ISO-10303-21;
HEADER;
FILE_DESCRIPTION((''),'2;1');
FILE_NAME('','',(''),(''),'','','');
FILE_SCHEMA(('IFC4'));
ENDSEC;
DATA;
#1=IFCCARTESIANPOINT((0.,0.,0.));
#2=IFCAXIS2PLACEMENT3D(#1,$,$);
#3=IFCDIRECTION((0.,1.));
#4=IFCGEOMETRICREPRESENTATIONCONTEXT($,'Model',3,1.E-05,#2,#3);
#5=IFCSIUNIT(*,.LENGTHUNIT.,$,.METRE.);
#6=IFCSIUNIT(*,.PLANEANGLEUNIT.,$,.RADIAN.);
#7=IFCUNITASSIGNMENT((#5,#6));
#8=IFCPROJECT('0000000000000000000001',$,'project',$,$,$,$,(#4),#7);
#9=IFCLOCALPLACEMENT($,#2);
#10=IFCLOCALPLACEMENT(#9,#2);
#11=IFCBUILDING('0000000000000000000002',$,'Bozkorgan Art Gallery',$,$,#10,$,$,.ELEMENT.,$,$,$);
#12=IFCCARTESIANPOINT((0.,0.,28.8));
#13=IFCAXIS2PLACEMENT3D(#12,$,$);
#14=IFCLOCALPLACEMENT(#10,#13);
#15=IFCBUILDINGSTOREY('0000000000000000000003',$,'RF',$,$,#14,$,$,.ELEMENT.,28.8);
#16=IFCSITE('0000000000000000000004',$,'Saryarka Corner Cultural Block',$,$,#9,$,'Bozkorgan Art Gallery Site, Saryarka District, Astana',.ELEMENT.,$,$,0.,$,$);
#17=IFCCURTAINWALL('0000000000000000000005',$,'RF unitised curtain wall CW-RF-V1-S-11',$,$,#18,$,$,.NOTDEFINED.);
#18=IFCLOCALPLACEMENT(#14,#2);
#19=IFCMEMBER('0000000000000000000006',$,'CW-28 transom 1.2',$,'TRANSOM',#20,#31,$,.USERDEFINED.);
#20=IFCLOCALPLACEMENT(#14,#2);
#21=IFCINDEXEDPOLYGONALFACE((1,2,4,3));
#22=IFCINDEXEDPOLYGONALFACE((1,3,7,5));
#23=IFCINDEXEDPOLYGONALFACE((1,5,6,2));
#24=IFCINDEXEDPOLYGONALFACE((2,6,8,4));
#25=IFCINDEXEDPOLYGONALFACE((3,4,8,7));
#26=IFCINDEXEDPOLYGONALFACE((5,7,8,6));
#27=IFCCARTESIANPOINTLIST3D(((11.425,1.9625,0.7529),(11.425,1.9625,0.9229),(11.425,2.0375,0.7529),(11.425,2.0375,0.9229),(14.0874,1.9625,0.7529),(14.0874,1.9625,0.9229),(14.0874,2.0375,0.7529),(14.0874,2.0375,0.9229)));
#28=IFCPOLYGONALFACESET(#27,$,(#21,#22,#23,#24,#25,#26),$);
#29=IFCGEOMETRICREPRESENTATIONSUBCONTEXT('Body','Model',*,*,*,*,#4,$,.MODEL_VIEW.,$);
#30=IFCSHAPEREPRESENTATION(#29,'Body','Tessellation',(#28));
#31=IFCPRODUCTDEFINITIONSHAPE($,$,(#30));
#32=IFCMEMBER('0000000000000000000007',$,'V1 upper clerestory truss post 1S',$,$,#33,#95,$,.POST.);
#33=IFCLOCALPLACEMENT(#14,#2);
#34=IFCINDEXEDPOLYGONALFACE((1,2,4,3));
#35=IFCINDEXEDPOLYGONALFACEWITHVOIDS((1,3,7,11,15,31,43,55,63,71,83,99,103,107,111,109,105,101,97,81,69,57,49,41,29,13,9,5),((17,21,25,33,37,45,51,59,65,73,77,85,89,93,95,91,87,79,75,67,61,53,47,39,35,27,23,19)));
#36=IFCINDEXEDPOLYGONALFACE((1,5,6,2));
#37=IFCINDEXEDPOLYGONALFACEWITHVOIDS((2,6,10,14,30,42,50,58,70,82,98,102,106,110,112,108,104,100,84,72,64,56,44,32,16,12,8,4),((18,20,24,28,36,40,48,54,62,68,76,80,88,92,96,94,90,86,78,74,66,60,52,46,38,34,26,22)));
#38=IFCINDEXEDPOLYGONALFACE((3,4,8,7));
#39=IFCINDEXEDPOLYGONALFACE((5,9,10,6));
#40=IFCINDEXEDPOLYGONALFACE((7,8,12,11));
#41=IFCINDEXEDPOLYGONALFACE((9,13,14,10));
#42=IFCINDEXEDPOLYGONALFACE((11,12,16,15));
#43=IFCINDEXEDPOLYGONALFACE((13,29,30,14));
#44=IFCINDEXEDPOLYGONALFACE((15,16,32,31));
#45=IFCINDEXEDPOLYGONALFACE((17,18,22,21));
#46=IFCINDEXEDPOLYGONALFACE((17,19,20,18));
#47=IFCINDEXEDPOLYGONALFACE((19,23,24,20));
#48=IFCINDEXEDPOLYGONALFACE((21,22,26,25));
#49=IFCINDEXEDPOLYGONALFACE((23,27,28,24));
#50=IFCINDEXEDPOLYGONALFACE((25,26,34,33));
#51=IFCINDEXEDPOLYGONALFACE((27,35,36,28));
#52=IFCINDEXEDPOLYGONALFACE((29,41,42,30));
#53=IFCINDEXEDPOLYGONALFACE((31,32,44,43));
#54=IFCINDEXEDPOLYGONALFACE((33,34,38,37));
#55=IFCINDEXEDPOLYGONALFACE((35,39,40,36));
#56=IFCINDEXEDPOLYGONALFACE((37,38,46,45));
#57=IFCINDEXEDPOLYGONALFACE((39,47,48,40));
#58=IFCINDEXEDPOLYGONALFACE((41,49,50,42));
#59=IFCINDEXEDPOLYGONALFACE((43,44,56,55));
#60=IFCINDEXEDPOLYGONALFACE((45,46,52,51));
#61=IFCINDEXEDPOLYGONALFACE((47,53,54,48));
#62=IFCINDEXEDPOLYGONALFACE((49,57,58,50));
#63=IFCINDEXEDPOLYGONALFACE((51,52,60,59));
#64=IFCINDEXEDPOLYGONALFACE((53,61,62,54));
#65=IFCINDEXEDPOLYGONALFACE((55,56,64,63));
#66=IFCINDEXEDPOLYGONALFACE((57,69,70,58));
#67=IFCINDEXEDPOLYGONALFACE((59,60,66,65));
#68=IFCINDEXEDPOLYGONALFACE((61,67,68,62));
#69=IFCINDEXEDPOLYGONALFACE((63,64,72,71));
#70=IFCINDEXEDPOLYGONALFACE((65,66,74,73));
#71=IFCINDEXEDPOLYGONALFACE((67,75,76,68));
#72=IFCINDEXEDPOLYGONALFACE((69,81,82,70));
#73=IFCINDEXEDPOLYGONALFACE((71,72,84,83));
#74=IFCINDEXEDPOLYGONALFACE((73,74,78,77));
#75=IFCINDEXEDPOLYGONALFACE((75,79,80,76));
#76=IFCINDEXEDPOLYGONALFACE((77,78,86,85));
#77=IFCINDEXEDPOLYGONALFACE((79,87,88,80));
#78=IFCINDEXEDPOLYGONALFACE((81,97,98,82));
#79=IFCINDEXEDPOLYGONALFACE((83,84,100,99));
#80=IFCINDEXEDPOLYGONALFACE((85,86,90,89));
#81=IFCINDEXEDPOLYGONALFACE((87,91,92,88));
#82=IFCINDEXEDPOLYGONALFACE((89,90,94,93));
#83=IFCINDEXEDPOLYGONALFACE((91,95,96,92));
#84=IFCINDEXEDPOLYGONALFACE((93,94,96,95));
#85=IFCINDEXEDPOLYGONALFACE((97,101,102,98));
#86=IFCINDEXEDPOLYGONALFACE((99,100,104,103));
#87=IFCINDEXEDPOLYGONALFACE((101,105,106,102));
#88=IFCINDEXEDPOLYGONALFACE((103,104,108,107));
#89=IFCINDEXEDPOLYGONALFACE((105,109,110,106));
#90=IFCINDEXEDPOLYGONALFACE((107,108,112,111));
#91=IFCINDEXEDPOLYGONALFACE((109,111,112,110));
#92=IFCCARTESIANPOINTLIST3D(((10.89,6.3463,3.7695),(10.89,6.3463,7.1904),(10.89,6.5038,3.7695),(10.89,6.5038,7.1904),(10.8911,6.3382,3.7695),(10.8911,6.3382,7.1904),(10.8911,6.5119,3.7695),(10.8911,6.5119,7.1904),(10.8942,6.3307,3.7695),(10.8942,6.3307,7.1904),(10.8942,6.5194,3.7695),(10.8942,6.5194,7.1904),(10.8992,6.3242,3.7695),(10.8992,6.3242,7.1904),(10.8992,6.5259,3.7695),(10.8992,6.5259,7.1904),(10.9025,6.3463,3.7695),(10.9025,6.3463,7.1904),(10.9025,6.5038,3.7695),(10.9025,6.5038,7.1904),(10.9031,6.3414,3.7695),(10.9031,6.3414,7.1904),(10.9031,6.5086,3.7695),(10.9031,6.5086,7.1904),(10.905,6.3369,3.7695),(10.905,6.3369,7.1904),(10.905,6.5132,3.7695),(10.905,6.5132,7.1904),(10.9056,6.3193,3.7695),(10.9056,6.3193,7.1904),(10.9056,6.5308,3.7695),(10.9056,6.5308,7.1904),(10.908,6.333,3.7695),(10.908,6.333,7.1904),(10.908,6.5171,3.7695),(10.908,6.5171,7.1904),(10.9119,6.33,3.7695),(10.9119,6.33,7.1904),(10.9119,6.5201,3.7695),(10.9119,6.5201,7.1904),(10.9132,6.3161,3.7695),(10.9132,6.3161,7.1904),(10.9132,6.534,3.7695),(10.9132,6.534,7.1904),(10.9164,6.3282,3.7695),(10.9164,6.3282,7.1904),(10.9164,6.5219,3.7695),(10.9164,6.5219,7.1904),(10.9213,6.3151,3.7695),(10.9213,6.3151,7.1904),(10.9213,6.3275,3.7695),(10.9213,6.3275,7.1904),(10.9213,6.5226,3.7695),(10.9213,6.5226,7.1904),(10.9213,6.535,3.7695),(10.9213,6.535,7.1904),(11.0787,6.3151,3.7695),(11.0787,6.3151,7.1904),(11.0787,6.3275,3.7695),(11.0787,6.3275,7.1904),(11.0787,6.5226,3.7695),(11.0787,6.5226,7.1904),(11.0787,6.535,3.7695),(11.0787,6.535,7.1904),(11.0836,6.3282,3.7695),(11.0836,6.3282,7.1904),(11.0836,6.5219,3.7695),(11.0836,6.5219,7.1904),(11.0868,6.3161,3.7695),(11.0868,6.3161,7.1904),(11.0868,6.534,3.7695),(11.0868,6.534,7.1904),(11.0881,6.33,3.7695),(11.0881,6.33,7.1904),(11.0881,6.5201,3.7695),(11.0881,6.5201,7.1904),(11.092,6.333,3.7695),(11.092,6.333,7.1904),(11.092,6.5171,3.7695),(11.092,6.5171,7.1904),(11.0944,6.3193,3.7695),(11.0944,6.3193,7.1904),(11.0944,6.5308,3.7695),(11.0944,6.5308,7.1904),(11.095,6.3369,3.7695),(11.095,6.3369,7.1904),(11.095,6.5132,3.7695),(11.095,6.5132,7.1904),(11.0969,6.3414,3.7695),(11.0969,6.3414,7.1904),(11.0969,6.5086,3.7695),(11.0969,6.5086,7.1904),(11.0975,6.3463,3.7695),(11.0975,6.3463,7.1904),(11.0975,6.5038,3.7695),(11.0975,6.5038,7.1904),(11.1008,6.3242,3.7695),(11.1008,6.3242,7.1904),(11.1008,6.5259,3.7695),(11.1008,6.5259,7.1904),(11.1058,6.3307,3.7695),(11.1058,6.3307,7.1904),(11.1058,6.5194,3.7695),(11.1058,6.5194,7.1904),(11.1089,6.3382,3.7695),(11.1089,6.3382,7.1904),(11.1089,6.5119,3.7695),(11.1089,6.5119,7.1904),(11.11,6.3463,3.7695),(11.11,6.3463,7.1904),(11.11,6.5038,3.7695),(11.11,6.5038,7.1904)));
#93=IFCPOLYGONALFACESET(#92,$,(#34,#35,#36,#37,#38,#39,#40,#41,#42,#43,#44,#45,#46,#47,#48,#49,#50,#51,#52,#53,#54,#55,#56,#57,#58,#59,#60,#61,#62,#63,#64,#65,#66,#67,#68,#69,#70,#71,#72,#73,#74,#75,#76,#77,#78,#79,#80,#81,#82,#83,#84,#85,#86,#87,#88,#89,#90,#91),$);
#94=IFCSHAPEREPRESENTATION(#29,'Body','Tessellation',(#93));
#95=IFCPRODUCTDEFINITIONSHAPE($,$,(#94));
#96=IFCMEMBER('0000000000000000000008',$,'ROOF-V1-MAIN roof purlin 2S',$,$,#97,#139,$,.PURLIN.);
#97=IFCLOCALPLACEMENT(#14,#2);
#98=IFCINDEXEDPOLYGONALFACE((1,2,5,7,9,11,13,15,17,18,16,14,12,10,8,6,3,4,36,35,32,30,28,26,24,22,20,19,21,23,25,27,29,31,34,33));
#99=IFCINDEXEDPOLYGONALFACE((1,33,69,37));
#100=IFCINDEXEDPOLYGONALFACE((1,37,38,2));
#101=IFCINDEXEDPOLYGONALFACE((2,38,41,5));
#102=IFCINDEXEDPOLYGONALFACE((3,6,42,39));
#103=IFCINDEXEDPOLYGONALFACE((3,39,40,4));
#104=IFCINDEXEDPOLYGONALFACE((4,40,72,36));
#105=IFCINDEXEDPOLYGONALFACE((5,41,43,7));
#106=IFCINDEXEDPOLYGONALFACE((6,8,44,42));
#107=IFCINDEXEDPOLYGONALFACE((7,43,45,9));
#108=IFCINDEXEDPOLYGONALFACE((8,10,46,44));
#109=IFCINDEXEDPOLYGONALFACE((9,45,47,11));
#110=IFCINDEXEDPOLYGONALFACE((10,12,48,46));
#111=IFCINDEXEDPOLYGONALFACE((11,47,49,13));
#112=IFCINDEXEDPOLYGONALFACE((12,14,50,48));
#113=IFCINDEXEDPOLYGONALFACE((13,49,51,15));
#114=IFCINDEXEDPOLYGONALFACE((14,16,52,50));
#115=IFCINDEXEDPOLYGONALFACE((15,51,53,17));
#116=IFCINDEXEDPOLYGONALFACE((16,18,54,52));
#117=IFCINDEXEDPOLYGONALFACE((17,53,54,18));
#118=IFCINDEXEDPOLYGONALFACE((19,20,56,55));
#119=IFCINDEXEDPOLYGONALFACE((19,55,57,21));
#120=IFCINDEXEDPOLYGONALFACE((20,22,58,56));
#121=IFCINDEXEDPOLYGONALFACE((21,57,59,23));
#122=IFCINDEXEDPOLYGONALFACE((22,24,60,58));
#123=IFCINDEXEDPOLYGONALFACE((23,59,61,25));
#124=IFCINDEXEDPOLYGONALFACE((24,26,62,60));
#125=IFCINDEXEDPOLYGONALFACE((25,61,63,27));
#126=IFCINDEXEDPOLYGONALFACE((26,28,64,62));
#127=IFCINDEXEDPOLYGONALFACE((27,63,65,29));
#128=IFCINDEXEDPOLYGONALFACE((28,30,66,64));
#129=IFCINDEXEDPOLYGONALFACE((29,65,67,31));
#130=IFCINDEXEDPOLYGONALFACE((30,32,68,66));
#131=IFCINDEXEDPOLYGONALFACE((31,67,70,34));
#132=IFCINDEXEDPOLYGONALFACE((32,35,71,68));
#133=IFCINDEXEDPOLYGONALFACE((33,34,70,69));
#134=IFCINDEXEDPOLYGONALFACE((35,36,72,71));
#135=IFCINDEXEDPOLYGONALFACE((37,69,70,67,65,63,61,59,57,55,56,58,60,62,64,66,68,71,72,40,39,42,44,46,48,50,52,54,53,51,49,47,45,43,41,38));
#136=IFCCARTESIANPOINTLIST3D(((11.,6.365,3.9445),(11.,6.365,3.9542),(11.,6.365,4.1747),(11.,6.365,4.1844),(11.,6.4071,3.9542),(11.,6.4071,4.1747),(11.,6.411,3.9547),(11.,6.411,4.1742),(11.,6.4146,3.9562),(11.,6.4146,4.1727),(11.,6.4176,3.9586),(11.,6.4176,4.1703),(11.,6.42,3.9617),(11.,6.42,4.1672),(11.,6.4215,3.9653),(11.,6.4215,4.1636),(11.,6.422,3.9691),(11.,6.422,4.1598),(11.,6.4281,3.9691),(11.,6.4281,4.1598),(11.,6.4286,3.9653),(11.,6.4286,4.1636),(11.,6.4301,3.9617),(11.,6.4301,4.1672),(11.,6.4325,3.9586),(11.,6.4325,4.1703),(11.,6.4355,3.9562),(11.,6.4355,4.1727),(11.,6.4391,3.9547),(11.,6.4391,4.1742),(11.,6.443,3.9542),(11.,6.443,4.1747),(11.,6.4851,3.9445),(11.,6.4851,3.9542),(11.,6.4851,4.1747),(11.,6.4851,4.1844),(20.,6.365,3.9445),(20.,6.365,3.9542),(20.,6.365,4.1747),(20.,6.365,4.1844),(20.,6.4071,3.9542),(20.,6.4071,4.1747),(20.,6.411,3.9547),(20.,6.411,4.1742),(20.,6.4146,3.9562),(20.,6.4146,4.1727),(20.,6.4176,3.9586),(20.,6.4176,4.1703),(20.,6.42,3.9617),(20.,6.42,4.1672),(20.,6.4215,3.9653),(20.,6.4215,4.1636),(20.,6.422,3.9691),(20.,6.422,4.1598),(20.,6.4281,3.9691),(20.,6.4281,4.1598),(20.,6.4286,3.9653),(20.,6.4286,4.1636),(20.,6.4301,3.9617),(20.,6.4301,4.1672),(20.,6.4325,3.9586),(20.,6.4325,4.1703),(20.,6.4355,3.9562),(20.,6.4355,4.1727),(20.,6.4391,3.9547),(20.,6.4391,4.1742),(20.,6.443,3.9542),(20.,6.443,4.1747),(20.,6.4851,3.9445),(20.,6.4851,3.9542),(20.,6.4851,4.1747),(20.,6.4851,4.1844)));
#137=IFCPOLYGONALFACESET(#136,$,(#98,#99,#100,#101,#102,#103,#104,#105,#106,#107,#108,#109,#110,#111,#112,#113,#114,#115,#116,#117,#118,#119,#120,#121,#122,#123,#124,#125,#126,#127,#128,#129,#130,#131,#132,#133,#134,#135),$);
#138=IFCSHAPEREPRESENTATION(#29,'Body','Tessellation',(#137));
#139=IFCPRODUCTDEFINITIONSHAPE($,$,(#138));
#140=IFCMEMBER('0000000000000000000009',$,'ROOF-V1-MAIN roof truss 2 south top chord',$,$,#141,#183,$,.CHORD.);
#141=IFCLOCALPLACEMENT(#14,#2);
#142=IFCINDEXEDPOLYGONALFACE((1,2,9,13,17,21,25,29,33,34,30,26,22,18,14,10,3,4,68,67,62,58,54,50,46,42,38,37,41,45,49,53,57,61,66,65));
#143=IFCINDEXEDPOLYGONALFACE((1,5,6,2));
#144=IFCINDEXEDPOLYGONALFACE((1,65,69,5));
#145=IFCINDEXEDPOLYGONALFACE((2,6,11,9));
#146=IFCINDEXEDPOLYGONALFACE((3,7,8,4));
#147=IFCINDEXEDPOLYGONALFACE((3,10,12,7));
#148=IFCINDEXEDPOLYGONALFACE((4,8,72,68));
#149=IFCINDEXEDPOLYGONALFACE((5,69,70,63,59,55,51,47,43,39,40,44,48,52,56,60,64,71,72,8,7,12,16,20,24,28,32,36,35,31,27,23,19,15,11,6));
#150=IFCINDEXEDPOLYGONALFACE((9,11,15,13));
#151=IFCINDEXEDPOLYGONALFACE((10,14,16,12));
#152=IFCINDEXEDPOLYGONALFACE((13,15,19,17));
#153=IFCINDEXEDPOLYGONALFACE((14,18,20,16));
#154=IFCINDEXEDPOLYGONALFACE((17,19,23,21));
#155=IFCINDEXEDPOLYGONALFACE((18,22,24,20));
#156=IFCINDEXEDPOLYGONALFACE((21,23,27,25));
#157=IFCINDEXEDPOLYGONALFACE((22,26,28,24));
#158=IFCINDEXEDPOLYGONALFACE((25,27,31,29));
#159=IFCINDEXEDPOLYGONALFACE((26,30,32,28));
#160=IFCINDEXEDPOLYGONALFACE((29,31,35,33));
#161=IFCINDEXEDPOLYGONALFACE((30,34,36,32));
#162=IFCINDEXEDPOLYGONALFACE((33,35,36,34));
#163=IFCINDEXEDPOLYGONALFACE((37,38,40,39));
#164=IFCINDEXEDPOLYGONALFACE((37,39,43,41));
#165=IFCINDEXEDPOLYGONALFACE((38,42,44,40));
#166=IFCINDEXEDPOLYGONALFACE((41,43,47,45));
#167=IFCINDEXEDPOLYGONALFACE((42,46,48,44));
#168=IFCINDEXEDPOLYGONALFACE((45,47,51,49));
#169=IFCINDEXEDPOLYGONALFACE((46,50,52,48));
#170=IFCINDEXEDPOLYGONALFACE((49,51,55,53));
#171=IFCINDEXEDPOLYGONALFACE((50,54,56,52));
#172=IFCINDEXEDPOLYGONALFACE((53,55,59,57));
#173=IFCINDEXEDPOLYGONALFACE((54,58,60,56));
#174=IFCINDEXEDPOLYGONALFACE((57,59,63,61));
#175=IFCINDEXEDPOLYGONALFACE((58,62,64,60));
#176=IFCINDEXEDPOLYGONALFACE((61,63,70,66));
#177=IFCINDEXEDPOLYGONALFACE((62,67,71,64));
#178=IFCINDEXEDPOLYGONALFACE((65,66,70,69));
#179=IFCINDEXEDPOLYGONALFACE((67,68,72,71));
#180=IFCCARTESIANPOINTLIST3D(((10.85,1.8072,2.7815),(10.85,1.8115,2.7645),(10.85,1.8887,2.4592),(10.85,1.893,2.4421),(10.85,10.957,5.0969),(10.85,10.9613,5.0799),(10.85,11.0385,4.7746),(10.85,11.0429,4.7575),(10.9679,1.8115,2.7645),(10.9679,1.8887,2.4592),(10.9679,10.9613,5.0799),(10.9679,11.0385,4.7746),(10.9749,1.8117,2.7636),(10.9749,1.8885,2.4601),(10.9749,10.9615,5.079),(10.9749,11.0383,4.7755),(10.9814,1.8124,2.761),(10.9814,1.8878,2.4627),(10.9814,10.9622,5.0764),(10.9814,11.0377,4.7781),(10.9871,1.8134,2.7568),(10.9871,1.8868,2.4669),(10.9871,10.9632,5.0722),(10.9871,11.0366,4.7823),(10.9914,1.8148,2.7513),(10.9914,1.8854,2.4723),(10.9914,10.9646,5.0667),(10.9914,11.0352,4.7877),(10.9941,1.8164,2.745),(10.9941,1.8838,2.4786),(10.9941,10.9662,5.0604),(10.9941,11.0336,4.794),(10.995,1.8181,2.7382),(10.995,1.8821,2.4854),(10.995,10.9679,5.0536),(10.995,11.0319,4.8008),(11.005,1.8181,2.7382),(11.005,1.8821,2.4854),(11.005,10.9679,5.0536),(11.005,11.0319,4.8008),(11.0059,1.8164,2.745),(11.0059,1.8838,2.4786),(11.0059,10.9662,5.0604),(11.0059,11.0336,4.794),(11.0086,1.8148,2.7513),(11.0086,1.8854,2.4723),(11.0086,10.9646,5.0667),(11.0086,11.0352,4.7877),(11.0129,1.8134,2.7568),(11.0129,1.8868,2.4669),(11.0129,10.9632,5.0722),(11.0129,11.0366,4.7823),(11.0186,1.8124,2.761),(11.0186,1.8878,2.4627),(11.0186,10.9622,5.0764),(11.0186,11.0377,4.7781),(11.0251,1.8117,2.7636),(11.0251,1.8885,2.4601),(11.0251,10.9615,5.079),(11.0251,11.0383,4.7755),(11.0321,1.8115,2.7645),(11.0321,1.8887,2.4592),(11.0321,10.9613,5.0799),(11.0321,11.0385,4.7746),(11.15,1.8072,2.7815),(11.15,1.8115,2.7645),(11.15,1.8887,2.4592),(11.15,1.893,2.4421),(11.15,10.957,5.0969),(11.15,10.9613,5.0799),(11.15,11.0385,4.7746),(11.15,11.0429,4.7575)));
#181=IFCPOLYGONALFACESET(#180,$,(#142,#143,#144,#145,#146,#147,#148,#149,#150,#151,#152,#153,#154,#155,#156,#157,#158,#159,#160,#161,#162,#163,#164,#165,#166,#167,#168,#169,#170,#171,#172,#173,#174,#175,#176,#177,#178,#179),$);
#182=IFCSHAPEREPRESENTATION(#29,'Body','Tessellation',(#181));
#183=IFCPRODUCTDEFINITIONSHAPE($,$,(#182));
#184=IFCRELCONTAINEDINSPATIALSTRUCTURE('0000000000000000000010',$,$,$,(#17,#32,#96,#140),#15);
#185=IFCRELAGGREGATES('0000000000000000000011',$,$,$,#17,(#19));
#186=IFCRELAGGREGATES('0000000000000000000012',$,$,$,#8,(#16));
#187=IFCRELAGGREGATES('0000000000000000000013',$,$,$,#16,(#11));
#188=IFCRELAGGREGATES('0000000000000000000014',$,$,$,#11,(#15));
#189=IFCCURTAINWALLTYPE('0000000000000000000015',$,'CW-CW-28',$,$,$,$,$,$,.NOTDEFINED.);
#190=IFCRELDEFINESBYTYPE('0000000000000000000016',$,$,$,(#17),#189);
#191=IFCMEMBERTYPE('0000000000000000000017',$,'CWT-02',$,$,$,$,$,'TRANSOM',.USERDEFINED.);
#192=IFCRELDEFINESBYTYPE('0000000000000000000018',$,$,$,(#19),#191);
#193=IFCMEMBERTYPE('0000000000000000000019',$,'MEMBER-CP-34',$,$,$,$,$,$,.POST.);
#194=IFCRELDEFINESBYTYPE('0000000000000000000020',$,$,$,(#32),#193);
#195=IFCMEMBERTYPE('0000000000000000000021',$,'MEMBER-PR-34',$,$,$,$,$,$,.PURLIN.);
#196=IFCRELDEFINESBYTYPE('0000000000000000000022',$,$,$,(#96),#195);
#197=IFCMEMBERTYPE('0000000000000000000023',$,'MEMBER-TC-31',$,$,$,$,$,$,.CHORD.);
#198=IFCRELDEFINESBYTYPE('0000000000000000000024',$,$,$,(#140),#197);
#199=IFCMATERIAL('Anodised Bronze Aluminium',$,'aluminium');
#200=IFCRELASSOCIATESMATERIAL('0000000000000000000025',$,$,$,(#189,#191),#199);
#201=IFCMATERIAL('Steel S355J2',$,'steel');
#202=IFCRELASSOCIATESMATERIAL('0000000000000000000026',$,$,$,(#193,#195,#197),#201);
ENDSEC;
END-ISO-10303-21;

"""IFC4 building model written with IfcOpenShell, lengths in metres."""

from ifc_helpers import new_model, si_unit, direction, frame, origin, origin_2d, place, context, subcontext, project, spatial, rectangle, hollow_rectangle, i_section, extrude, material, material_profile, profile_set, type_object, element, aggregate, save


model = new_model("IFC4")

# Units and contexts
model_context = context("Model", 3, precision=1e-05, world=origin(), true_north=direction((0.0, 1.0)))
body_context = subcontext(model_context, "Body", "Model", "MODEL_VIEW")
ifc_project = project(units=[si_unit("LENGTHUNIT", "METRE"), si_unit("PLANEANGLEUNIT", "RADIAN")], contexts=[model_context])

# Site, building, storey
site_placement = place(None, origin())
site = spatial("IfcSite", under=ifc_project, at=site_placement, Name="Saryarka Corner Cultural Block", LongName="Bozkorgan Art Gallery Site, Saryarka District, Astana", CompositionType="ELEMENT", RefElevation=0.0)
building_placement = place(site_placement, origin())
building = spatial("IfcBuilding", under=site, at=building_placement, Name="Bozkorgan Art Gallery", CompositionType="ELEMENT")
storey_placement = place(building_placement, frame((0.0, 0.0, 28.8)))
storey = spatial("IfcBuildingStorey", under=building, at=storey_placement, Name="RF", CompositionType="ELEMENT", Elevation=28.8)

# Shared definitions
ifc_material_1 = material(Name="Steel S355J2", Category="steel")

# Shared definitions
ifc_material_2 = material(Name="Anodised Bronze Aluminium", Category="aluminium")
curtain_wall_type = type_object("IfcCurtainWallType", Name="CW-CW-28", PredefinedType="NOTDEFINED", material=ifc_material_2)

# Curtain wall, member
curtain_wall_1_placement = place(storey_placement, origin())
curtain_wall_1 = element("IfcCurtainWall", 1, at=curtain_wall_1_placement, inside=storey, type_object=curtain_wall_type, Name="RF unitised curtain wall CW-RF-V1-S-11", PredefinedType="NOTDEFINED")
ifc_material_profile_1 = material_profile(ifc_material_2, rectangle(XDim=0.075, YDim=0.1699, at=origin_2d()), Name="ALU TRANSOM 75x170")
ifc_profile_set_1 = profile_set([ifc_material_profile_1], Name="Anodised Bronze Aluminium")
member_type_1 = type_object("IfcMemberType", Name="CWT-02", ElementType="TRANSOM", PredefinedType="USERDEFINED", material=ifc_profile_set_1)
member_1_placement = place(storey_placement, frame((11.425, 2.0, 0.8379), z_axis=(1.0, 0.0, 0.0), x_axis=(0.0, 1.0, 0.0)))
member_1 = element("IfcMember", 2, at=member_1_placement, type_object=member_type_1, Name="CW-28 transom 1.2", ObjectType="TRANSOM", PredefinedType="USERDEFINED", context=body_context, shape_type="SweptSolid", body=[
    extrude(rectangle(XDim=0.075, YDim=0.1699, at=origin_2d()), origin(), (0.0, 0.0, 1.0), 2.6624),
])
aggregate(curtain_wall_1, [member_1])

# Members
ifc_material_profile_2 = material_profile(ifc_material_1, hollow_rectangle(XDim=0.22, YDim=0.22, WallThickness=0.0125, InnerFilletRadius=0.0188, OuterFilletRadius=0.0312, at=origin_2d()), Name="SHS 220x220x12.5")
ifc_profile_set_2 = profile_set([ifc_material_profile_2], Name="Steel S355J2")
member_type_2 = type_object("IfcMemberType", Name="MEMBER-CP-34", PredefinedType="POST", material=ifc_profile_set_2)
member_2_placement = place(storey_placement, frame((11.0, 6.425, 3.7695), z_axis=(0.0, 0.0, 1.0), x_axis=(1.0, 0.0, 0.0)))
element("IfcMember", 3, at=member_2_placement, inside=storey, type_object=member_type_2, Name="V1 upper clerestory truss post 1S", PredefinedType="POST", context=body_context, shape_type="SweptSolid", body=[
    extrude(hollow_rectangle(XDim=0.22, YDim=0.22, WallThickness=0.0125, InnerFilletRadius=0.0188, OuterFilletRadius=0.0312, at=origin_2d()), origin(), (0.0, 0.0, 1.0), 3.4209),
])
ifc_material_profile_3 = material_profile(ifc_material_1, i_section(OverallWidth=0.1201, OverallDepth=0.24, WebThickness=0.0061, FlangeThickness=0.0098, FilletRadius=0.0149, at=origin_2d()), Name="IPE 240")
ifc_profile_set_3 = profile_set([ifc_material_profile_3], Name="Steel S355J2")
member_type_3 = type_object("IfcMemberType", Name="MEMBER-PR-34", PredefinedType="PURLIN", material=ifc_profile_set_3)
member_3_placement = place(storey_placement, frame((11.0, 6.425, 4.0645), z_axis=(1.0, 0.0, 0.0), x_axis=(0.0, 1.0, 0.0)))
element("IfcMember", 4, at=member_3_placement, inside=storey, type_object=member_type_3, Name="ROOF-V1-MAIN roof purlin 2S", PredefinedType="PURLIN", context=body_context, shape_type="SweptSolid", body=[
    extrude(i_section(OverallWidth=0.1201, OverallDepth=0.24, WebThickness=0.0061, FlangeThickness=0.0098, FilletRadius=0.0149, at=origin_2d()), origin(), (0.0, 0.0, 1.0), 9.0),
])
ifc_material_profile_4 = material_profile(ifc_material_1, i_section(OverallWidth=0.3, OverallDepth=0.3501, WebThickness=0.01, FlangeThickness=0.0176, FilletRadius=0.0271, at=origin_2d()), Name="HEA 360")
ifc_profile_set_4 = profile_set([ifc_material_profile_4], Name="Steel S355J2")
member_type_4 = type_object("IfcMemberType", Name="MEMBER-TC-31", PredefinedType="CHORD", material=ifc_profile_set_4)
member_4_placement = place(storey_placement, frame((11.0, 1.8501, 2.6118), z_axis=(0.0, 0.969442, 0.245322), x_axis=(-1.0, 0.0, 0.0)))
element("IfcMember", 5, at=member_4_placement, inside=storey, type_object=member_type_4, Name="ROOF-V1-MAIN roof truss 2 south top chord", PredefinedType="CHORD", context=body_context, shape_type="SweptSolid", body=[
    extrude(i_section(OverallWidth=0.3, OverallDepth=0.3501, WebThickness=0.01, FlangeThickness=0.0176, FilletRadius=0.0271, at=origin_2d()), origin(), (0.0, 0.0, 1.0), 9.4382),
])

save(model, "model.ifc")
